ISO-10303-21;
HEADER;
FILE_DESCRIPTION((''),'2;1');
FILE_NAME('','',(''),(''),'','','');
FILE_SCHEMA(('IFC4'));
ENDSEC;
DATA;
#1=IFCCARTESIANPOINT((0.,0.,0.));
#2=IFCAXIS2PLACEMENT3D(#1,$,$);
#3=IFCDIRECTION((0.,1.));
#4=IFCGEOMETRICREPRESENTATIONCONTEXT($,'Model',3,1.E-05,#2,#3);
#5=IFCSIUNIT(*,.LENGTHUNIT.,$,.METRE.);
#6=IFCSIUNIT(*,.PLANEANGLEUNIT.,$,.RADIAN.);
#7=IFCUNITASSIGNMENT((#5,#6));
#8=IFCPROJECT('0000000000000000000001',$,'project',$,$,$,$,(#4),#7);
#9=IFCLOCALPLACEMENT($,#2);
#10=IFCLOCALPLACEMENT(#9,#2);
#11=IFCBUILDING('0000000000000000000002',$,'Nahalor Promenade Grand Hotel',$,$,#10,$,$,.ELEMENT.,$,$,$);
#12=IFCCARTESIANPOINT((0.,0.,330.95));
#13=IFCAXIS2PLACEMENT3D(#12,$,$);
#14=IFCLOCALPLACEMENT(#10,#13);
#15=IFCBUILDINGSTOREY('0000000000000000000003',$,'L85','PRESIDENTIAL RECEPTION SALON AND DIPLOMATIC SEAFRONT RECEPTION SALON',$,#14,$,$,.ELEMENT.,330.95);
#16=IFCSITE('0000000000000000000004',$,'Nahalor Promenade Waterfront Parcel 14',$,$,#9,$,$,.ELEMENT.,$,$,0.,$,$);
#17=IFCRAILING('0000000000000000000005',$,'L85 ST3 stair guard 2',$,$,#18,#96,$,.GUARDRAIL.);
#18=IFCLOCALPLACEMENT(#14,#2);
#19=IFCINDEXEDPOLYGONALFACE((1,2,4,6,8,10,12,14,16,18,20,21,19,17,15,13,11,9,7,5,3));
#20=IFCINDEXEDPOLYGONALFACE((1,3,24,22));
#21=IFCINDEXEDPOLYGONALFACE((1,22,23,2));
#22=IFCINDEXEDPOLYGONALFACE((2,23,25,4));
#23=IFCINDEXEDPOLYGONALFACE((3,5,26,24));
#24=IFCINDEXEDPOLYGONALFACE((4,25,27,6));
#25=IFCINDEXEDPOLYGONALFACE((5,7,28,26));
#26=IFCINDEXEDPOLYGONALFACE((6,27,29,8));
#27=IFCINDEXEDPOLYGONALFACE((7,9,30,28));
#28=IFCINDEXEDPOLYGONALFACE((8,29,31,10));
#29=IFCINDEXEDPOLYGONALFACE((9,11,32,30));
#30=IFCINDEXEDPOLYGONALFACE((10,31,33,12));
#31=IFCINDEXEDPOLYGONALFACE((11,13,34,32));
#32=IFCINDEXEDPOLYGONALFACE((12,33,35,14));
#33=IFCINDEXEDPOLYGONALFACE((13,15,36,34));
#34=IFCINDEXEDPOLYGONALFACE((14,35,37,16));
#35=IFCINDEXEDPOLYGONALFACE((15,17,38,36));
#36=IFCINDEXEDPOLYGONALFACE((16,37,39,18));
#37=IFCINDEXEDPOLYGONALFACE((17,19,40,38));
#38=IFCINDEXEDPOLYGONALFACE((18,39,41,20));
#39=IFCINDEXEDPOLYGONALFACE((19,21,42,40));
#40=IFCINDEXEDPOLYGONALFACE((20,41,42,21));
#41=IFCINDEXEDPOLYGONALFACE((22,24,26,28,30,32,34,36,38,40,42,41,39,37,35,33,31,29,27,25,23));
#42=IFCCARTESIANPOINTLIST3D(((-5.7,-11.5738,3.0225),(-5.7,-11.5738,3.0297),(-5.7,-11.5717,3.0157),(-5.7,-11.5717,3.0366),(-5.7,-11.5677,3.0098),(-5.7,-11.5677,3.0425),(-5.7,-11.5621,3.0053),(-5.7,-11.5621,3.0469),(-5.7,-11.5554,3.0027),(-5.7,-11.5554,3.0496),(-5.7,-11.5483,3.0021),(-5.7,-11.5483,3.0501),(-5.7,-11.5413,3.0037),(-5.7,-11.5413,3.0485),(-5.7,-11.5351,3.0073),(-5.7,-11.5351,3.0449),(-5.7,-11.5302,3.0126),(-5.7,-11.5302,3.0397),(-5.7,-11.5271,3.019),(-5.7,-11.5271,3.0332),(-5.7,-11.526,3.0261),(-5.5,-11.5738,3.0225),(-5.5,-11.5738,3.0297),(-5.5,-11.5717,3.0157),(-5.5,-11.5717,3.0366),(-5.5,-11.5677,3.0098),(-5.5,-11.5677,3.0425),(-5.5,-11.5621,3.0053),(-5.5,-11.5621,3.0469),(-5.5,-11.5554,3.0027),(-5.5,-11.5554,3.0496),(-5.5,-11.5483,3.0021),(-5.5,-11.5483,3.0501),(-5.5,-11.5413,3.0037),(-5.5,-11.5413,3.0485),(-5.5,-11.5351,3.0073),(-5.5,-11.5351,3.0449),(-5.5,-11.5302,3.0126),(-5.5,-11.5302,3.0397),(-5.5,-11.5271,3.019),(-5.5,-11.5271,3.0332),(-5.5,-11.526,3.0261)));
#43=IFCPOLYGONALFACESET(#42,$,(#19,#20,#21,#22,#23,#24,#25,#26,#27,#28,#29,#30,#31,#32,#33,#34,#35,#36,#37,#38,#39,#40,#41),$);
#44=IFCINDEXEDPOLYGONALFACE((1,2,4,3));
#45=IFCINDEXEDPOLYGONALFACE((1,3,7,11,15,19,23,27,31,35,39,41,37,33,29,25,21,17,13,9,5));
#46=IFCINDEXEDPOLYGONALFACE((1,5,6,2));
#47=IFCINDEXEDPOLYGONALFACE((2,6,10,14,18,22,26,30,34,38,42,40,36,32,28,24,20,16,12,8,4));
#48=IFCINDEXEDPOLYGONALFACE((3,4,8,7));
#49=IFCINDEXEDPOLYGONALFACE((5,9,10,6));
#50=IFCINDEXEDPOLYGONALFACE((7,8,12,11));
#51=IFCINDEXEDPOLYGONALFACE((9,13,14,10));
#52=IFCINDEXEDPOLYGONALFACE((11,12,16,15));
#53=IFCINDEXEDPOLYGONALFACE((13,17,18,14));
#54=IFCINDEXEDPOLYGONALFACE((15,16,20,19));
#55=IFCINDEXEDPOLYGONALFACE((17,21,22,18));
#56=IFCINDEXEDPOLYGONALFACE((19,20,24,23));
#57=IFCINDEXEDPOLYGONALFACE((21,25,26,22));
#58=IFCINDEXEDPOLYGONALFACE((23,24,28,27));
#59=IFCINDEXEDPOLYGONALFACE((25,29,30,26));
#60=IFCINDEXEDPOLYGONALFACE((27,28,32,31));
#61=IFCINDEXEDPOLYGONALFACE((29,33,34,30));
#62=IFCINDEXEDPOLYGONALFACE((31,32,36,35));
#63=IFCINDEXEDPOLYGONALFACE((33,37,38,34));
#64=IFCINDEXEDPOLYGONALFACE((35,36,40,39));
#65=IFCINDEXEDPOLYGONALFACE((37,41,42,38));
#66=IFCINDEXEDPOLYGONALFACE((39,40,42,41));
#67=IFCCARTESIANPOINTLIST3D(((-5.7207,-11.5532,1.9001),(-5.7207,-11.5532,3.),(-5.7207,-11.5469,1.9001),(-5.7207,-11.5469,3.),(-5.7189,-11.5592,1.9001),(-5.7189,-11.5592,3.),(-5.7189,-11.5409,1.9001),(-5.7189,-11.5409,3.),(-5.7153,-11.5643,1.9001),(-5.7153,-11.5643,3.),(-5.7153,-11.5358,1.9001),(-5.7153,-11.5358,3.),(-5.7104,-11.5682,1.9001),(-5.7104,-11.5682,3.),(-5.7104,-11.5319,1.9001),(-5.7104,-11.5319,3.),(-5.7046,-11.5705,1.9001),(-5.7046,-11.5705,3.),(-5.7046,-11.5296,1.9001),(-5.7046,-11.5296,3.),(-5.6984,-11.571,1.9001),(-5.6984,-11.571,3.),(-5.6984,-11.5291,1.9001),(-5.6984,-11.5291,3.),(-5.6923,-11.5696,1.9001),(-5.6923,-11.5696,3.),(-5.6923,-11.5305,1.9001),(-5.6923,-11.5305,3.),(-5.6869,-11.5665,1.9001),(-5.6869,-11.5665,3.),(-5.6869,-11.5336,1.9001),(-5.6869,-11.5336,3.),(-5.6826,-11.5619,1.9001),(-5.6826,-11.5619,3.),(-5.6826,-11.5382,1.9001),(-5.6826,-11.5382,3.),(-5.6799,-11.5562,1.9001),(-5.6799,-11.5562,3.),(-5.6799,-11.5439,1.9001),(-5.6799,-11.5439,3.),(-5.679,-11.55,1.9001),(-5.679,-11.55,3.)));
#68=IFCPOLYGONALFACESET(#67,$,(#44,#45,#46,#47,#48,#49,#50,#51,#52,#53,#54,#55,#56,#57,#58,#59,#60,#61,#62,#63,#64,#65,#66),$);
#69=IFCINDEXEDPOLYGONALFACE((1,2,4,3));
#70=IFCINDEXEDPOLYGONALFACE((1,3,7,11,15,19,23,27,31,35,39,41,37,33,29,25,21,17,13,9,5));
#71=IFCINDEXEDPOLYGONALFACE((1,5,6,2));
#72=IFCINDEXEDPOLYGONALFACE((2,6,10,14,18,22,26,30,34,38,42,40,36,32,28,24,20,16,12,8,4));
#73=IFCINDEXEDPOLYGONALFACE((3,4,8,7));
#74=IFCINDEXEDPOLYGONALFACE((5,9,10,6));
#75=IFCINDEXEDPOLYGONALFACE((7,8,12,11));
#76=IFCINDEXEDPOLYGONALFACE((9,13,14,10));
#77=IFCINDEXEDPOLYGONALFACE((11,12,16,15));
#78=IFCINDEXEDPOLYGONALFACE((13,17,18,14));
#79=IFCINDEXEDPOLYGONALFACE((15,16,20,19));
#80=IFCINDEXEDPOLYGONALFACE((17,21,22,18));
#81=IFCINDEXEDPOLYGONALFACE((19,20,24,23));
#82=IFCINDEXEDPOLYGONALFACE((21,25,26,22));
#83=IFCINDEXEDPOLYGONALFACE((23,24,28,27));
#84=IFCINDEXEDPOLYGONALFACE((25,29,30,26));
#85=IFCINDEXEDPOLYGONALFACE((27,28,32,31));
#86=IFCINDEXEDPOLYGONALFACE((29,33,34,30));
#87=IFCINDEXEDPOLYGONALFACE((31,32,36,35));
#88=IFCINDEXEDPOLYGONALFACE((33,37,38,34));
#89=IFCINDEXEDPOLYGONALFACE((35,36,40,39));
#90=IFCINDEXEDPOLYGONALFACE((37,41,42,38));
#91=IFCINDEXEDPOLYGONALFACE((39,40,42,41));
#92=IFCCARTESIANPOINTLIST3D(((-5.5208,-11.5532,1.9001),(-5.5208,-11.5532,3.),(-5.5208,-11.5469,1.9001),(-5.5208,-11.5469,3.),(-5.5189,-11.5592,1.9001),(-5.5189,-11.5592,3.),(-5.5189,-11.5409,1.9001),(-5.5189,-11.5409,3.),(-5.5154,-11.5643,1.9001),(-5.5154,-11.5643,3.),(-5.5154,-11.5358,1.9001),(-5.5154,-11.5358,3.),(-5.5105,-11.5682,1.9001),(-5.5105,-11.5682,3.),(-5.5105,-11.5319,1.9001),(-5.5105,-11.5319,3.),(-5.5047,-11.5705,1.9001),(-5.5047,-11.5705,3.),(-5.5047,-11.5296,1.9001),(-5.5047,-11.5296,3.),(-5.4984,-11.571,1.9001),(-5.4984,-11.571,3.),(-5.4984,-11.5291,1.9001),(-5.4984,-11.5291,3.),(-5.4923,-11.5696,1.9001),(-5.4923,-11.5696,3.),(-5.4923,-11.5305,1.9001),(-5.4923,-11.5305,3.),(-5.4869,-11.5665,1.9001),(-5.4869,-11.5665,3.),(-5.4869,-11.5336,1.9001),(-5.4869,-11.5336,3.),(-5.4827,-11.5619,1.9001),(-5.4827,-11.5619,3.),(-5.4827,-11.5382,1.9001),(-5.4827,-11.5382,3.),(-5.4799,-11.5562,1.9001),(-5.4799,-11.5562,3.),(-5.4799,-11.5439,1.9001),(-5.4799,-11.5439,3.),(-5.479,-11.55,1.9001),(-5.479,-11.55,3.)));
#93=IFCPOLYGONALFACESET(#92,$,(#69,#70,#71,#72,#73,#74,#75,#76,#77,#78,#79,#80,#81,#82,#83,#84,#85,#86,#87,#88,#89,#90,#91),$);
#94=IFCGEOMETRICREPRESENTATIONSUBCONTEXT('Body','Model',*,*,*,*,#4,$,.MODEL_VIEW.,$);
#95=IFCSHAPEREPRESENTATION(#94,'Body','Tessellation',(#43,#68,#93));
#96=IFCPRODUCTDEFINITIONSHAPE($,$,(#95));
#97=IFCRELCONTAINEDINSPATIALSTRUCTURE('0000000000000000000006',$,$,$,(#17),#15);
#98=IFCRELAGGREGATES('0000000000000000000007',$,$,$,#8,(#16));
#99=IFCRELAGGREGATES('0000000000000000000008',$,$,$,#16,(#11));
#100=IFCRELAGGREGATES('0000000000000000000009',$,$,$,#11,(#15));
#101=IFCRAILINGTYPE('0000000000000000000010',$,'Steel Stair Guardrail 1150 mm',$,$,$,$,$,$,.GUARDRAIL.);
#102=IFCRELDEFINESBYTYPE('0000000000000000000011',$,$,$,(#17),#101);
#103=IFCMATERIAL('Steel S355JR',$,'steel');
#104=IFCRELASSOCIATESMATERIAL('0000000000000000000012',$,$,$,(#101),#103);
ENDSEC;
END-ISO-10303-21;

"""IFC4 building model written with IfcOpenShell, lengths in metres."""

from ifc_helpers import new_model, si_unit, direction, frame, origin, origin_2d, place, context, subcontext, project, spatial, circle, extrude, material, type_object, element, save


model = new_model("IFC4")

# Units and contexts
model_context = context("Model", 3, precision=1e-05, world=origin(), true_north=direction((0.0, 1.0)))
body_context = subcontext(model_context, "Body", "Model", "MODEL_VIEW")
ifc_project = project(units=[si_unit("LENGTHUNIT", "METRE"), si_unit("PLANEANGLEUNIT", "RADIAN")], contexts=[model_context])

# Site, building, storey
site_placement = place(None, origin())
site = spatial("IfcSite", under=ifc_project, at=site_placement, Name="Nahalor Promenade Waterfront Parcel 14", CompositionType="ELEMENT", RefElevation=0.0)
building_placement = place(site_placement, origin())
building = spatial("IfcBuilding", under=site, at=building_placement, Name="Nahalor Promenade Grand Hotel", CompositionType="ELEMENT")
storey_placement = place(building_placement, frame((0.0, 0.0, 330.95)))
storey = spatial("IfcBuildingStorey", under=building, at=storey_placement, Name="L85", Description="PRESIDENTIAL RECEPTION SALON AND DIPLOMATIC SEAFRONT RECEPTION SALON", CompositionType="ELEMENT", Elevation=330.95)

# Shared definitions
ifc_material_1 = material(Name="Steel S355JR", Category="steel")

# Railing
railing_type_1 = type_object("IfcRailingType", Name="Steel Stair Guardrail 1150 mm", PredefinedType="GUARDRAIL", material=ifc_material_1)
railing_1_placement = place(storey_placement, frame((-5.7, -11.55, 1.9001)))
element("IfcRailing", 1, at=railing_1_placement, inside=storey, type_object=railing_type_1, Name="L85 ST3 stair guard 2", PredefinedType="GUARDRAIL", context=body_context, shape_type="SweptSolid", body=[
    extrude(circle(Radius=0.024, at=origin_2d()), frame((0.0, 0.0, 1.126), z_axis=(1.0, 0.0, 0.0), x_axis=(0.0, 1.0, 0.0)), (0.0, 0.0, 1.0), 0.2),
    extrude(circle(Radius=0.021, at=origin_2d()), origin(), (0.0, 0.0, 1.0), 1.0999),
    extrude(circle(Radius=0.021, at=origin_2d()), frame((0.2, 0.0, 0.0)), (0.0, 0.0, 1.0), 1.0999),
])

save(model, "model.ifc")
